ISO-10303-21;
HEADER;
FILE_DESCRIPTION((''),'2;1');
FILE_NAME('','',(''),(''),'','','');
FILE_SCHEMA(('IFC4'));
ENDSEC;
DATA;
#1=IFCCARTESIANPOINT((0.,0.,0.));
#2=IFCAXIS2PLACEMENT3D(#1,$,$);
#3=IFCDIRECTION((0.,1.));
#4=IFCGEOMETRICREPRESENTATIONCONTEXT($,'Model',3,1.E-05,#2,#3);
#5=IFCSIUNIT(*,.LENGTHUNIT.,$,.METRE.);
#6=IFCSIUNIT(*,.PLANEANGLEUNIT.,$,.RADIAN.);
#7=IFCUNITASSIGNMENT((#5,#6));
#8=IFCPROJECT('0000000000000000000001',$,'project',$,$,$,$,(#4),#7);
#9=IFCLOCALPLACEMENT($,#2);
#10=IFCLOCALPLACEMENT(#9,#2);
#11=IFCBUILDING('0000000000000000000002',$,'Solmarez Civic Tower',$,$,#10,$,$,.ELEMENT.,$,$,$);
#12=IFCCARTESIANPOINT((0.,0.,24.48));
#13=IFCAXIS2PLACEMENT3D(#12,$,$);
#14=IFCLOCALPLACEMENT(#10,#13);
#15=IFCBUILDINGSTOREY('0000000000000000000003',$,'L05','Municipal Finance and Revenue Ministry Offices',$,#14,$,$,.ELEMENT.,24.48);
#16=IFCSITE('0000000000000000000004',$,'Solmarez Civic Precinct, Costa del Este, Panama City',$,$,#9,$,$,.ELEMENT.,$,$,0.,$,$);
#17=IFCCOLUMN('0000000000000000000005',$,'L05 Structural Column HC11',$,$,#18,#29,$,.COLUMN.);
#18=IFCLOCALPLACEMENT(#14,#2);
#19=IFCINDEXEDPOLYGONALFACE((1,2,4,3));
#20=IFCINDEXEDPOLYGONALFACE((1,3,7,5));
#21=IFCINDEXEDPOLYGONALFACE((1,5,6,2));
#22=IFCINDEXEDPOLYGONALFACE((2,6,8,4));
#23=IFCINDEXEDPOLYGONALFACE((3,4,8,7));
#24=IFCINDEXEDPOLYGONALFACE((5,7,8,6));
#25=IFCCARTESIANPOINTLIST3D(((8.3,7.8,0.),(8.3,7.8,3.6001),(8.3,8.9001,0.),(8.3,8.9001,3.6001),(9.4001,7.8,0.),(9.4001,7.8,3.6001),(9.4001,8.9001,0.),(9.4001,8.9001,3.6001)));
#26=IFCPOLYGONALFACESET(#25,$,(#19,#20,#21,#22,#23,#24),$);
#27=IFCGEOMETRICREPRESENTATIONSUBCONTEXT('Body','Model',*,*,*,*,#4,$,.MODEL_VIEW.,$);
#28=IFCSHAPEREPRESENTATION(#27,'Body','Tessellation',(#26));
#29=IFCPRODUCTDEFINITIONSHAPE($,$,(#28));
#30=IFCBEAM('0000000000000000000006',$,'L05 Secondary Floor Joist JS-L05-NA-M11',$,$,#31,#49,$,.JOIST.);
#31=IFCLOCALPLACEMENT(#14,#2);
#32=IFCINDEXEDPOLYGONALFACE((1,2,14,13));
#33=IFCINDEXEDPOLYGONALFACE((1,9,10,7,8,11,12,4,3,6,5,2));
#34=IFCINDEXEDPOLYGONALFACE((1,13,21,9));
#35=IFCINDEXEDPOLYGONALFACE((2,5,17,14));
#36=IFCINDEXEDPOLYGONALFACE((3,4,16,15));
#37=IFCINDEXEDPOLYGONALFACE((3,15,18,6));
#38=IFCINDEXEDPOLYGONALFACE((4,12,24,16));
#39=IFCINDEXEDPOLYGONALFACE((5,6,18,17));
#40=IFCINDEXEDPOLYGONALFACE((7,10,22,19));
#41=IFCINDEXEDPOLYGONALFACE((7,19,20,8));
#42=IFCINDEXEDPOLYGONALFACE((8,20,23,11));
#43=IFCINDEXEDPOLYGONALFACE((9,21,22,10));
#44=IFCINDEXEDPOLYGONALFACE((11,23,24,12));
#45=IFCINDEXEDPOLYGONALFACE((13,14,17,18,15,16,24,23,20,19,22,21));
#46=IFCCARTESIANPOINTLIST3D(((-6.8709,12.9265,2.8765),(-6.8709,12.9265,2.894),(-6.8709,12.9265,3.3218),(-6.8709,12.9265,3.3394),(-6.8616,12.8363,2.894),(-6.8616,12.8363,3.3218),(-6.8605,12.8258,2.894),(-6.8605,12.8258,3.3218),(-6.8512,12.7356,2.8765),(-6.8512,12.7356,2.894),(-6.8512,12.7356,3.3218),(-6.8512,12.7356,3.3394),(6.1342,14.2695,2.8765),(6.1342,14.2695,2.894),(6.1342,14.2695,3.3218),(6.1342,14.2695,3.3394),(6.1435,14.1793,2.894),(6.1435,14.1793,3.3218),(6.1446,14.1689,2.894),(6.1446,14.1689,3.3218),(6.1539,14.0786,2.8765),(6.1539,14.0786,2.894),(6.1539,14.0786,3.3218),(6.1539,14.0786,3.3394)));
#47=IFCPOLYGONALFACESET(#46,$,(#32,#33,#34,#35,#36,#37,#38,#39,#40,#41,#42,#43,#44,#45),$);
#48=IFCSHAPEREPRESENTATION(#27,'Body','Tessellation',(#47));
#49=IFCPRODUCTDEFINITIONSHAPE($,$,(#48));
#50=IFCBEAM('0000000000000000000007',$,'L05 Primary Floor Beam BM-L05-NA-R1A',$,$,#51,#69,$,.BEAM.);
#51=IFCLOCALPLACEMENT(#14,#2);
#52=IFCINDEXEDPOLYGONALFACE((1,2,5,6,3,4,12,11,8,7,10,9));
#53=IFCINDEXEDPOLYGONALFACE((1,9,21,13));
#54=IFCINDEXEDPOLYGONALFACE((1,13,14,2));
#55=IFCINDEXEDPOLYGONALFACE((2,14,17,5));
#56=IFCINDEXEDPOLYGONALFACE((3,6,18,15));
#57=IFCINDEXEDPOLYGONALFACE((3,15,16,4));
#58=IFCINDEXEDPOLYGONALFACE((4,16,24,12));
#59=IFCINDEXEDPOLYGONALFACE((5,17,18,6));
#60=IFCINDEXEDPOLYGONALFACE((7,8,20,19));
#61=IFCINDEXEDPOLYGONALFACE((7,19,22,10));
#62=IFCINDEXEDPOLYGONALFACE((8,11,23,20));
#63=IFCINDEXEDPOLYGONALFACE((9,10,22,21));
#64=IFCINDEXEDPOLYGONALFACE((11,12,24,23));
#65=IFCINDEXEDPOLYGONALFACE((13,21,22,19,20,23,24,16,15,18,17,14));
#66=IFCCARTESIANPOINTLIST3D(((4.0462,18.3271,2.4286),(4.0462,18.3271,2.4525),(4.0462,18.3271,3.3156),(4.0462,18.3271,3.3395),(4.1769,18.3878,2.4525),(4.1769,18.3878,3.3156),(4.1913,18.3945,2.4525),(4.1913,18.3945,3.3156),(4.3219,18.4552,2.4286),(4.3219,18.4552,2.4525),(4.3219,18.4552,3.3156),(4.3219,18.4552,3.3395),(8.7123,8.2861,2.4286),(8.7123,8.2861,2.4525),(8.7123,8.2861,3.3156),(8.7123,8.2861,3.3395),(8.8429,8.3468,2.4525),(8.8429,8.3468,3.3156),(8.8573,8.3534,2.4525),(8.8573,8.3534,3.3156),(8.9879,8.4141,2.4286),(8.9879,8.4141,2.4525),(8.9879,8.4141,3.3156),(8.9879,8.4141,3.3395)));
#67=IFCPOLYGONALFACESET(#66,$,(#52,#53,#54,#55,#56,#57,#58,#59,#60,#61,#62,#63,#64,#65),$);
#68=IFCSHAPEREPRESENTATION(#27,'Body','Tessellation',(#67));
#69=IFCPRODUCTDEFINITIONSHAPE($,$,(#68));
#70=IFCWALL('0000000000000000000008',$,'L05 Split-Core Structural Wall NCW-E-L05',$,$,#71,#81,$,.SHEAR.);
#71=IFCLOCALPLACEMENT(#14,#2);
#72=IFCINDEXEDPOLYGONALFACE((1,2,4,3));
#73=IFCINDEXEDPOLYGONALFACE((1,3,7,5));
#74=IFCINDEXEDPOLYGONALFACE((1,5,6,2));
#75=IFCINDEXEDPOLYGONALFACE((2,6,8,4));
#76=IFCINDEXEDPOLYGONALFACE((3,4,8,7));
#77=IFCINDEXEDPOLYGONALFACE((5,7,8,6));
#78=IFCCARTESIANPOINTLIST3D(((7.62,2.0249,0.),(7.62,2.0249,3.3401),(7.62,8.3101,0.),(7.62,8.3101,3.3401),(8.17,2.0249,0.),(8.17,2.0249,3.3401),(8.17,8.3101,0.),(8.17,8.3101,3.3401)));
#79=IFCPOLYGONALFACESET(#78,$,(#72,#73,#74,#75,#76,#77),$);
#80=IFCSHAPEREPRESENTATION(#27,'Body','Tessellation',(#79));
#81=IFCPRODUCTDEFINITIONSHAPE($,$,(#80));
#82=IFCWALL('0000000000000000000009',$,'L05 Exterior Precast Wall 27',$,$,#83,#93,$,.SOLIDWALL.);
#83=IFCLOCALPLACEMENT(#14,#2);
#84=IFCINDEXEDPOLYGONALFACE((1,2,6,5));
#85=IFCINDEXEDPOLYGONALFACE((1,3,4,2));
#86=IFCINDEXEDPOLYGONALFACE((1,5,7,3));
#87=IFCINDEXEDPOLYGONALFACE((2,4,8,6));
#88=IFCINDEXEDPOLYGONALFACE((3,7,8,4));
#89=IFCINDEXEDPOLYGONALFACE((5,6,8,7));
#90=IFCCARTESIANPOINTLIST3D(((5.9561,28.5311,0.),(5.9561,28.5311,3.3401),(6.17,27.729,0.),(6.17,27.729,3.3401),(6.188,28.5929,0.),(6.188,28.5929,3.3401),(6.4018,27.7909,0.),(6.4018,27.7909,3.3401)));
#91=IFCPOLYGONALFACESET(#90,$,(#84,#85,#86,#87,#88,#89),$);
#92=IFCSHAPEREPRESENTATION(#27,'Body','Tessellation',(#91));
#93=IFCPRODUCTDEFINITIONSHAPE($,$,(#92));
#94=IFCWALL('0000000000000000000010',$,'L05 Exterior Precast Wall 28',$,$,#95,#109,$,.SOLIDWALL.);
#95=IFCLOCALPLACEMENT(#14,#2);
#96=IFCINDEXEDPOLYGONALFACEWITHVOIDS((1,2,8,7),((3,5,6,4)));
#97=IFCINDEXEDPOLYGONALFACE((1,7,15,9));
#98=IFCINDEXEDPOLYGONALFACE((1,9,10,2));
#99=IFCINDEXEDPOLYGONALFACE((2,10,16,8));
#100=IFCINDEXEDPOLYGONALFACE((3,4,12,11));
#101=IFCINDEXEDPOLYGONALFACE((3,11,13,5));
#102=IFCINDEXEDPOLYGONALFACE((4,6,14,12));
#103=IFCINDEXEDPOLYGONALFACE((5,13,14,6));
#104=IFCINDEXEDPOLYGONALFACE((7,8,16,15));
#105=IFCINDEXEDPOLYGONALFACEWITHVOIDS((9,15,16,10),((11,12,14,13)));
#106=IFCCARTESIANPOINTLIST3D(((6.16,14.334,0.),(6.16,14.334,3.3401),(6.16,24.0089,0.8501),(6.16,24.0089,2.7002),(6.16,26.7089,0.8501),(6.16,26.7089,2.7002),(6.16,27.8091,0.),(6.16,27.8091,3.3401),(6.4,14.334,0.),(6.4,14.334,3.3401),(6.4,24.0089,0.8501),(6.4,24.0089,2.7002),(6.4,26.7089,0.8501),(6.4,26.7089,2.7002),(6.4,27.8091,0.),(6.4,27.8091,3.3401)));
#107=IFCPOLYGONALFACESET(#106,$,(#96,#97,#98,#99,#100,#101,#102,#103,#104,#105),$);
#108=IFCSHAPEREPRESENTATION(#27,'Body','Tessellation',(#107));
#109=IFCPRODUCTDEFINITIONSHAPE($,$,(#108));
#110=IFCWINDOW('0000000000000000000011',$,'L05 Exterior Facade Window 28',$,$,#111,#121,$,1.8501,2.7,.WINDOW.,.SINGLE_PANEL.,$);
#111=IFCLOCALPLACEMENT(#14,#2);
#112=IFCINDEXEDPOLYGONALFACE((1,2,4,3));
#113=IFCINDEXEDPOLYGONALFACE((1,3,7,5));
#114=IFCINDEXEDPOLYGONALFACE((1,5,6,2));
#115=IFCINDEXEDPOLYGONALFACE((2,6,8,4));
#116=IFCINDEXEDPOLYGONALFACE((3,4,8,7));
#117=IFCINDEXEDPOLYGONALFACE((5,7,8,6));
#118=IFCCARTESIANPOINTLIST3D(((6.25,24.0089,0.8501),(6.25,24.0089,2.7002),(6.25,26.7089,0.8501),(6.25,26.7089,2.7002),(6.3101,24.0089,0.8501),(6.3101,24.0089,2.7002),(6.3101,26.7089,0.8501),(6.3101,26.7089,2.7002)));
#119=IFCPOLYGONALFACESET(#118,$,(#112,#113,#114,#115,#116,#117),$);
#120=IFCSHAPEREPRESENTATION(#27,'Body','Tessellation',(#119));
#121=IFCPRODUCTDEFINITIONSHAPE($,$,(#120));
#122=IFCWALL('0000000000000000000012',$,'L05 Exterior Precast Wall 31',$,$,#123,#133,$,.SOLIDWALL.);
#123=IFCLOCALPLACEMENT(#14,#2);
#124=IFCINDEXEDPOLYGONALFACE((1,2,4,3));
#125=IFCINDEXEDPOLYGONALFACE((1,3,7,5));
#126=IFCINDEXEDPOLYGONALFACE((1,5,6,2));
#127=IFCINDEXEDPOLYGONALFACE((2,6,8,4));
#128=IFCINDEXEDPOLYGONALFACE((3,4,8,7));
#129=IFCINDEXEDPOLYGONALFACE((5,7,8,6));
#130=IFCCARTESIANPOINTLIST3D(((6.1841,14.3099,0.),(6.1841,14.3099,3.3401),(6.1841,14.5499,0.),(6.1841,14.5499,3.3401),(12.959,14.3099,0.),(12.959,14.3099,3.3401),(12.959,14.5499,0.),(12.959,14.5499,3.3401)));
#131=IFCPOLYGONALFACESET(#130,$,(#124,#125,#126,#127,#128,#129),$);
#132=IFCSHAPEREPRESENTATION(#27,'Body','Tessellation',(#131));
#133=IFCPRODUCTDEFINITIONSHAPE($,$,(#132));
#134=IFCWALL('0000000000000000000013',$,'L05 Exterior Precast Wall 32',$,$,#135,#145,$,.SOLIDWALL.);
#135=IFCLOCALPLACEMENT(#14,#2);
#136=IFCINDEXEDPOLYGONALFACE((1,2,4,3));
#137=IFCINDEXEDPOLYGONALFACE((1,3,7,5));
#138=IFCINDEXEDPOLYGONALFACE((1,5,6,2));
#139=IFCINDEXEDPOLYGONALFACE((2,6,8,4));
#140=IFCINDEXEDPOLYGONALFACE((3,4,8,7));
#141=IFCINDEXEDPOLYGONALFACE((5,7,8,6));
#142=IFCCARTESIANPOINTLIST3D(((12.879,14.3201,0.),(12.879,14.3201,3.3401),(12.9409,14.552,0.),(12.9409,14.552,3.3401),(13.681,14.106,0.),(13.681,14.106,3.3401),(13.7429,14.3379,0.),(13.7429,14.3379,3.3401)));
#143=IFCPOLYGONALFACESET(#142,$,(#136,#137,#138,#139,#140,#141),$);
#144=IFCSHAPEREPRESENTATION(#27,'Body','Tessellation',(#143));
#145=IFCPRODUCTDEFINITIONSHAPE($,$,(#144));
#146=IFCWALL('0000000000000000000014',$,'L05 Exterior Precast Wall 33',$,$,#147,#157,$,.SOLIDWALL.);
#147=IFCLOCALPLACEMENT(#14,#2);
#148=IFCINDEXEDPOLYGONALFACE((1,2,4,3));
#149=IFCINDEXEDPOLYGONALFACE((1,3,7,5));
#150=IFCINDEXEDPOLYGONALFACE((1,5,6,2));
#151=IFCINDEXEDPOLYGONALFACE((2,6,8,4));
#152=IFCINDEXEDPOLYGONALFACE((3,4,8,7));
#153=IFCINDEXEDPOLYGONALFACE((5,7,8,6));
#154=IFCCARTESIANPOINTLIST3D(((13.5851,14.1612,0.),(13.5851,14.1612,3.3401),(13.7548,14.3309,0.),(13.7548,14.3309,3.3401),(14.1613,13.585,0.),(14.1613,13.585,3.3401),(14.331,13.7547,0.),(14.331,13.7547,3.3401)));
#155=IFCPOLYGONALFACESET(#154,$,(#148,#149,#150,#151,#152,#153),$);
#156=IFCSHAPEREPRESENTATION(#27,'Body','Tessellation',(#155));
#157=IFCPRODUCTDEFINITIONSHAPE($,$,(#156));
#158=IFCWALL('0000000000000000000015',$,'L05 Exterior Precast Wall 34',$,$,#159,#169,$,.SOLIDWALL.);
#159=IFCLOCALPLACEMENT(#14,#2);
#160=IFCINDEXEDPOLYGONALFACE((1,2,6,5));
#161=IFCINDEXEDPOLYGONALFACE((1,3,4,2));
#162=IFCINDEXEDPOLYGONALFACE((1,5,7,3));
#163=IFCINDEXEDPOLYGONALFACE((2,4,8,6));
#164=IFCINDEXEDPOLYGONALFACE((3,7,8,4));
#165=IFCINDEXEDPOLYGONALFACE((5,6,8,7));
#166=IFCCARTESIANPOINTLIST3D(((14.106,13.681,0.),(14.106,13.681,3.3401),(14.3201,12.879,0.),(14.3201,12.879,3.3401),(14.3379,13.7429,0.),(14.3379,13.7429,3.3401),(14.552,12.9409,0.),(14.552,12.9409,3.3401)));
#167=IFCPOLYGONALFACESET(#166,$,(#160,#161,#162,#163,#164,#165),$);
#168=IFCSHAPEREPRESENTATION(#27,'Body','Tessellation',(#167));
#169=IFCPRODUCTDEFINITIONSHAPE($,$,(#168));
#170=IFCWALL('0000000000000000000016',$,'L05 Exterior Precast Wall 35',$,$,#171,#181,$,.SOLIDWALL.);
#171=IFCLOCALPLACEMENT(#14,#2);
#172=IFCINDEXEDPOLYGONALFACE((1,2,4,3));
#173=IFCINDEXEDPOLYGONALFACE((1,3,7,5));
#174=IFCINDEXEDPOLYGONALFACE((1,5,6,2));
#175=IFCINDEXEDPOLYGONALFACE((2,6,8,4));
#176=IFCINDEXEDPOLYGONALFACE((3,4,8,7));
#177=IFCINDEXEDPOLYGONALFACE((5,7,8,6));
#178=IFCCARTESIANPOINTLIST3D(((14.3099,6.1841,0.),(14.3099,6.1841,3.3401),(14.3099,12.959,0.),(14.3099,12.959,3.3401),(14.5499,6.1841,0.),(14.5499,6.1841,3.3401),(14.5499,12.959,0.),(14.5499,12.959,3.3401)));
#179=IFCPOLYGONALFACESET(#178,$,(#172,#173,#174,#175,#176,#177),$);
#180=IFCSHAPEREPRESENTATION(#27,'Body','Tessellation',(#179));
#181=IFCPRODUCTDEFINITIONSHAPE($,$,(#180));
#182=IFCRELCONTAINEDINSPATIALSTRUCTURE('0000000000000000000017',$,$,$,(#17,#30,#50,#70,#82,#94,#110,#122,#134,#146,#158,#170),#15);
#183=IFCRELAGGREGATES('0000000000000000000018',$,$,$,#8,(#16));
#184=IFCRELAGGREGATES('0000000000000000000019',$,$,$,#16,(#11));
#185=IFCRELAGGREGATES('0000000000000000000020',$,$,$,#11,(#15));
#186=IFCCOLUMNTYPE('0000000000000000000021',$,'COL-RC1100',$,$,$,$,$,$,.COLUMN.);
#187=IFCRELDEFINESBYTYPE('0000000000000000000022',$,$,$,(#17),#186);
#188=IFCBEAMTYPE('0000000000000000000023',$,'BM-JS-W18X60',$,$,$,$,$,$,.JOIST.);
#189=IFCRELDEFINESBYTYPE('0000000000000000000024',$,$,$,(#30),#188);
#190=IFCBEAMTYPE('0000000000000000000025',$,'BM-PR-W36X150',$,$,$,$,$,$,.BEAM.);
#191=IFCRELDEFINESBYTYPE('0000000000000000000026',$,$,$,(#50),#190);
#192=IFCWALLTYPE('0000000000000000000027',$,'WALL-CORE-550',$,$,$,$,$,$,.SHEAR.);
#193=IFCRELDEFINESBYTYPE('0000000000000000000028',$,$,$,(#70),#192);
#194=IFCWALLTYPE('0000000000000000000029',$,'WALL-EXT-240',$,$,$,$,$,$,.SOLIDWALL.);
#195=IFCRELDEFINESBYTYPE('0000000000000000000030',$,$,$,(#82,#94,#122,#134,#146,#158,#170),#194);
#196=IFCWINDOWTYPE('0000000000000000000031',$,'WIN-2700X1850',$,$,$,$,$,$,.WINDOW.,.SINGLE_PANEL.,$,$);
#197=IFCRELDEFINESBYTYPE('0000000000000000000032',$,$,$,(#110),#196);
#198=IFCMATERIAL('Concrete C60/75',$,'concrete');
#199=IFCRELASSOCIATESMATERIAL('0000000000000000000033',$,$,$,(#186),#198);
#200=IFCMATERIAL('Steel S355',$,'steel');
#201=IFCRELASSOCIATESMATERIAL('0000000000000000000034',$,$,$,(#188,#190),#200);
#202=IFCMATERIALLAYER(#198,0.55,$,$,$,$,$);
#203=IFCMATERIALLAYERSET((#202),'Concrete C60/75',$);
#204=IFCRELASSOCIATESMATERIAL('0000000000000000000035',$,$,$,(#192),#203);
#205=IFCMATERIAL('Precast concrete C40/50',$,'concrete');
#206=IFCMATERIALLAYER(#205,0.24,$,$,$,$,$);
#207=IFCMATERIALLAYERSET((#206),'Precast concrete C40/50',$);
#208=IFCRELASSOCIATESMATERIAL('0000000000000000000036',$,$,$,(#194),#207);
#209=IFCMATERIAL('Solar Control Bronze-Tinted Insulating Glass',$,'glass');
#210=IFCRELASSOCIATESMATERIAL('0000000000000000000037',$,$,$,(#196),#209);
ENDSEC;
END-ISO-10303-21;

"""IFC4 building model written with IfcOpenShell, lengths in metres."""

from ifc_helpers import new_model, si_unit, direction, frame, frame_2d, origin, origin_2d, place, context, subcontext, project, spatial, rectangle, i_section, extrude, material, layer, layer_set, material_profile, profile_set, type_object, element, fill, save


model = new_model("IFC4")

# Units and contexts
model_context = context("Model", 3, precision=1e-05, world=origin(), true_north=direction((0.0, 1.0)))
body_context = subcontext(model_context, "Body", "Model", "MODEL_VIEW")
ifc_project = project(units=[si_unit("LENGTHUNIT", "METRE"), si_unit("PLANEANGLEUNIT", "RADIAN")], contexts=[model_context])

# Site, building, storey
site_placement = place(None, origin())
site = spatial("IfcSite", under=ifc_project, at=site_placement, Name="Solmarez Civic Precinct, Costa del Este, Panama City", CompositionType="ELEMENT", RefElevation=0.0)
building_placement = place(site_placement, origin())
building = spatial("IfcBuilding", under=site, at=building_placement, Name="Solmarez Civic Tower", CompositionType="ELEMENT")
storey_placement = place(building_placement, frame((0.0, 0.0, 24.48)))
storey = spatial("IfcBuildingStorey", under=building, at=storey_placement, Name="L05", Description="Municipal Finance and Revenue Ministry Offices", CompositionType="ELEMENT", Elevation=24.48)

# Column
ifc_material_1 = material(Name="Concrete C60/75", Category="concrete")
ifc_material_profile_1 = material_profile(ifc_material_1, rectangle(XDim=1.1001, YDim=1.1001, at=origin_2d()), Name="RC1100X1100")
ifc_profile_set_1 = profile_set([ifc_material_profile_1], Name="Concrete C60/75")
column_type = type_object("IfcColumnType", Name="COL-RC1100", PredefinedType="COLUMN", material=ifc_profile_set_1)
column_placement = place(storey_placement, frame((8.8501, 8.3501, 0.0), z_axis=(0.0, 0.0, 1.0), x_axis=(1.0, 0.0, 0.0)))
element("IfcColumn", 1, at=column_placement, inside=storey, type_object=column_type, Name="L05 Structural Column HC11", PredefinedType="COLUMN", context=body_context, shape_type="SweptSolid", body=[
    extrude(rectangle(XDim=1.1001, YDim=1.1001, at=origin_2d()), origin(), (0.0, 0.0, 1.0), 3.6001),
])

# Beams
ifc_material_2 = material(Name="Steel S355", Category="steel")
ifc_material_profile_2 = material_profile(ifc_material_2, i_section(OverallWidth=0.1919, OverallDepth=0.4629, WebThickness=0.0105, FlangeThickness=0.0176, at=origin_2d()), Name="W18X60")
ifc_profile_set_2 = profile_set([ifc_material_profile_2], Name="Steel S355")
beam_type_1 = type_object("IfcBeamType", Name="BM-JS-W18X60", PredefinedType="JOIST", material=ifc_profile_set_2)
beam_1_placement = place(storey_placement, frame((6.144, 14.1741, 3.1079), z_axis=(-0.99471, -0.102722, 0.0), x_axis=(0.102722, -0.99471, 0.0)))
element("IfcBeam", 2, at=beam_1_placement, inside=storey, type_object=beam_type_1, Name="L05 Secondary Floor Joist JS-L05-NA-M11", PredefinedType="JOIST", context=body_context, shape_type="SweptSolid", body=[
    extrude(i_section(OverallWidth=0.1919, OverallDepth=0.4629, WebThickness=0.0105, FlangeThickness=0.0176, at=origin_2d()), origin(), (0.0, 0.0, 1.0), 13.0742),
])
ifc_material_profile_3 = material_profile(ifc_material_2, i_section(OverallWidth=0.304, OverallDepth=0.9109, WebThickness=0.0159, FlangeThickness=0.0239, at=origin_2d()), Name="W36X150")
ifc_profile_set_3 = profile_set([ifc_material_profile_3], Name="Steel S355")
beam_type_2 = type_object("IfcBeamType", Name="BM-PR-W36X150", PredefinedType="BEAM", material=ifc_profile_set_3)
beam_2_placement = place(storey_placement, frame((8.8501, 8.3501, 2.884), z_axis=(-0.421417, 0.906867, 0.0), x_axis=(-0.906867, -0.421417, 0.0)))
element("IfcBeam", 3, at=beam_2_placement, inside=storey, type_object=beam_type_2, Name="L05 Primary Floor Beam BM-L05-NA-R1A", PredefinedType="BEAM", context=body_context, shape_type="SweptSolid", body=[
    extrude(i_section(OverallWidth=0.304, OverallDepth=0.9109, WebThickness=0.0159, FlangeThickness=0.0239, at=origin_2d()), origin(), (0.0, 0.0, 1.0), 11.0723),
])

# Walls
ifc_layer_1 = layer(ifc_material_1, 0.55)
ifc_layer_set_1 = layer_set([ifc_layer_1], Name="Concrete C60/75")
wall_type_1 = type_object("IfcWallType", Name="WALL-CORE-550", PredefinedType="SHEAR", material=ifc_layer_set_1)
wall_1_placement = place(storey_placement, frame((7.895, 8.3101, 0.0), z_axis=(0.0, 0.0, 1.0), x_axis=(0.0, -1.0, 0.0)))
element("IfcWall", 4, at=wall_1_placement, inside=storey, type_object=wall_type_1, Name="L05 Split-Core Structural Wall NCW-E-L05", PredefinedType="SHEAR", context=body_context, shape_type="SweptSolid", body=[
    extrude(rectangle(XDim=6.2852, YDim=0.55, at=frame_2d((3.1426, 0.0))), origin(), (0.0, 0.0, 1.0), 3.3401),
])
ifc_material_3 = material(Name="Precast concrete C40/50", Category="concrete")
ifc_layer_2 = layer(ifc_material_3, 0.24)
ifc_layer_set_2 = layer_set([ifc_layer_2], Name="Precast concrete C40/50")
wall_type_2 = type_object("IfcWallType", Name="WALL-EXT-240", PredefinedType="SOLIDWALL", material=ifc_layer_set_2)
wall_2_placement = place(storey_placement, frame((6.072, 28.562, 0.0), z_axis=(0.0, 0.0, 1.0), x_axis=(0.257663, -0.966235, 0.0)))
element("IfcWall", 5, at=wall_2_placement, inside=storey, type_object=wall_type_2, Name="L05 Exterior Precast Wall 27", PredefinedType="SOLIDWALL", context=body_context, shape_type="SweptSolid", body=[
    extrude(rectangle(XDim=0.8301, YDim=0.24, at=frame_2d((0.415, 0.0))), origin(), (0.0, 0.0, 1.0), 3.3401),
])

# Wall, opening, window
wall_3_placement = place(storey_placement, frame((6.28, 27.8091, 0.0), z_axis=(0.0, 0.0, 1.0), x_axis=(0.0, -1.0, 0.0)))
wall_3 = element("IfcWall", 6, at=wall_3_placement, inside=storey, type_object=wall_type_2, Name="L05 Exterior Precast Wall 28", PredefinedType="SOLIDWALL", context=body_context, shape_type="SweptSolid", body=[
    extrude(rectangle(XDim=13.4751, YDim=0.24, at=frame_2d((6.7375, 0.0))), origin(), (0.0, 0.0, 1.0), 3.3401),
])
opening_1_placement = place(wall_3_placement, frame((1.1001, 0.0, 0.8501)))
opening_1 = element("IfcOpeningElement", 7, at=opening_1_placement, cuts=wall_3, PredefinedType="OPENING", context=body_context, shape_type="SweptSolid", body=[
    extrude(rectangle(XDim=2.7, YDim=1.8501, at=frame_2d((1.3501, 0.925))), frame((0.0, 0.1299, 0.0), z_axis=(0.0, -1.0, 0.0), x_axis=(1.0, 0.0, 0.0)), (0.0, 0.0, 1.0), 0.26),
])
ifc_material_4 = material(Name="Solar Control Bronze-Tinted Insulating Glass", Category="glass")
window_type_1 = type_object("IfcWindowType", Name="WIN-2700X1850", PartitioningType="SINGLE_PANEL", PredefinedType="WINDOW", material=ifc_material_4)
window_1_placement = place(opening_1_placement, origin())
window_1 = element("IfcWindow", 8, at=window_1_placement, inside=storey, type_object=window_type_1, Name="L05 Exterior Facade Window 28", OverallHeight=1.8501, OverallWidth=2.7, PartitioningType="SINGLE_PANEL", PredefinedType="WINDOW", context=body_context, shape_type="SweptSolid", body=[
    extrude(rectangle(XDim=2.7, YDim=1.8501, at=frame_2d((1.3501, 0.925))), frame((0.0, 0.03, 0.0), z_axis=(0.0, -1.0, 0.0), x_axis=(1.0, 0.0, 0.0)), (0.0, 0.0, 1.0), 0.0601),
])
fill(opening_1, window_1)

# Walls
wall_4_placement = place(storey_placement, frame((6.1841, 14.4299, 0.0), z_axis=(0.0, 0.0, 1.0), x_axis=(1.0, 0.0, 0.0)))
element("IfcWall", 9, at=wall_4_placement, inside=storey, type_object=wall_type_2, Name="L05 Exterior Precast Wall 31", PredefinedType="SOLIDWALL", context=body_context, shape_type="SweptSolid", body=[
    extrude(rectangle(XDim=6.7749, YDim=0.24, at=frame_2d((3.3875, 0.0))), origin(), (0.0, 0.0, 1.0), 3.3401),
])
wall_5_placement = place(storey_placement, frame((12.9099, 14.436, 0.0), z_axis=(0.0, 0.0, 1.0), x_axis=(0.966162, -0.257937, 0.0)))
element("IfcWall", 10, at=wall_5_placement, inside=storey, type_object=wall_type_2, Name="L05 Exterior Precast Wall 32", PredefinedType="SOLIDWALL", context=body_context, shape_type="SweptSolid", body=[
    extrude(rectangle(XDim=0.8301, YDim=0.24, at=frame_2d((0.415, 0.0))), origin(), (0.0, 0.0, 1.0), 3.3401),
])
wall_6_placement = place(storey_placement, frame((13.6699, 14.2461, 0.0), z_axis=(0.0, 0.0, 1.0), x_axis=(0.707107, -0.707107, 0.0)))
element("IfcWall", 11, at=wall_6_placement, inside=storey, type_object=wall_type_2, Name="L05 Exterior Precast Wall 33", PredefinedType="SOLIDWALL", context=body_context, shape_type="SweptSolid", body=[
    extrude(rectangle(XDim=0.8149, YDim=0.24, at=frame_2d((0.4075, 0.0))), origin(), (0.0, 0.0, 1.0), 3.3401),
])
wall_7_placement = place(storey_placement, frame((14.2219, 13.7119, 0.0), z_axis=(0.0, 0.0, 1.0), x_axis=(0.257937, -0.966162, 0.0)))
element("IfcWall", 12, at=wall_7_placement, inside=storey, type_object=wall_type_2, Name="L05 Exterior Precast Wall 34", PredefinedType="SOLIDWALL", context=body_context, shape_type="SweptSolid", body=[
    extrude(rectangle(XDim=0.8301, YDim=0.24, at=frame_2d((0.415, 0.0))), origin(), (0.0, 0.0, 1.0), 3.3401),
])
wall_8_placement = place(storey_placement, frame((14.4299, 12.959, 0.0), z_axis=(0.0, 0.0, 1.0), x_axis=(0.0, -1.0, 0.0)))
element("IfcWall", 13, at=wall_8_placement, inside=storey, type_object=wall_type_2, Name="L05 Exterior Precast Wall 35", PredefinedType="SOLIDWALL", context=body_context, shape_type="SweptSolid", body=[
    extrude(rectangle(XDim=6.7749, YDim=0.24, at=frame_2d((3.3875, 0.0))), origin(), (0.0, 0.0, 1.0), 3.3401),
])

save(model, "model.ifc")
